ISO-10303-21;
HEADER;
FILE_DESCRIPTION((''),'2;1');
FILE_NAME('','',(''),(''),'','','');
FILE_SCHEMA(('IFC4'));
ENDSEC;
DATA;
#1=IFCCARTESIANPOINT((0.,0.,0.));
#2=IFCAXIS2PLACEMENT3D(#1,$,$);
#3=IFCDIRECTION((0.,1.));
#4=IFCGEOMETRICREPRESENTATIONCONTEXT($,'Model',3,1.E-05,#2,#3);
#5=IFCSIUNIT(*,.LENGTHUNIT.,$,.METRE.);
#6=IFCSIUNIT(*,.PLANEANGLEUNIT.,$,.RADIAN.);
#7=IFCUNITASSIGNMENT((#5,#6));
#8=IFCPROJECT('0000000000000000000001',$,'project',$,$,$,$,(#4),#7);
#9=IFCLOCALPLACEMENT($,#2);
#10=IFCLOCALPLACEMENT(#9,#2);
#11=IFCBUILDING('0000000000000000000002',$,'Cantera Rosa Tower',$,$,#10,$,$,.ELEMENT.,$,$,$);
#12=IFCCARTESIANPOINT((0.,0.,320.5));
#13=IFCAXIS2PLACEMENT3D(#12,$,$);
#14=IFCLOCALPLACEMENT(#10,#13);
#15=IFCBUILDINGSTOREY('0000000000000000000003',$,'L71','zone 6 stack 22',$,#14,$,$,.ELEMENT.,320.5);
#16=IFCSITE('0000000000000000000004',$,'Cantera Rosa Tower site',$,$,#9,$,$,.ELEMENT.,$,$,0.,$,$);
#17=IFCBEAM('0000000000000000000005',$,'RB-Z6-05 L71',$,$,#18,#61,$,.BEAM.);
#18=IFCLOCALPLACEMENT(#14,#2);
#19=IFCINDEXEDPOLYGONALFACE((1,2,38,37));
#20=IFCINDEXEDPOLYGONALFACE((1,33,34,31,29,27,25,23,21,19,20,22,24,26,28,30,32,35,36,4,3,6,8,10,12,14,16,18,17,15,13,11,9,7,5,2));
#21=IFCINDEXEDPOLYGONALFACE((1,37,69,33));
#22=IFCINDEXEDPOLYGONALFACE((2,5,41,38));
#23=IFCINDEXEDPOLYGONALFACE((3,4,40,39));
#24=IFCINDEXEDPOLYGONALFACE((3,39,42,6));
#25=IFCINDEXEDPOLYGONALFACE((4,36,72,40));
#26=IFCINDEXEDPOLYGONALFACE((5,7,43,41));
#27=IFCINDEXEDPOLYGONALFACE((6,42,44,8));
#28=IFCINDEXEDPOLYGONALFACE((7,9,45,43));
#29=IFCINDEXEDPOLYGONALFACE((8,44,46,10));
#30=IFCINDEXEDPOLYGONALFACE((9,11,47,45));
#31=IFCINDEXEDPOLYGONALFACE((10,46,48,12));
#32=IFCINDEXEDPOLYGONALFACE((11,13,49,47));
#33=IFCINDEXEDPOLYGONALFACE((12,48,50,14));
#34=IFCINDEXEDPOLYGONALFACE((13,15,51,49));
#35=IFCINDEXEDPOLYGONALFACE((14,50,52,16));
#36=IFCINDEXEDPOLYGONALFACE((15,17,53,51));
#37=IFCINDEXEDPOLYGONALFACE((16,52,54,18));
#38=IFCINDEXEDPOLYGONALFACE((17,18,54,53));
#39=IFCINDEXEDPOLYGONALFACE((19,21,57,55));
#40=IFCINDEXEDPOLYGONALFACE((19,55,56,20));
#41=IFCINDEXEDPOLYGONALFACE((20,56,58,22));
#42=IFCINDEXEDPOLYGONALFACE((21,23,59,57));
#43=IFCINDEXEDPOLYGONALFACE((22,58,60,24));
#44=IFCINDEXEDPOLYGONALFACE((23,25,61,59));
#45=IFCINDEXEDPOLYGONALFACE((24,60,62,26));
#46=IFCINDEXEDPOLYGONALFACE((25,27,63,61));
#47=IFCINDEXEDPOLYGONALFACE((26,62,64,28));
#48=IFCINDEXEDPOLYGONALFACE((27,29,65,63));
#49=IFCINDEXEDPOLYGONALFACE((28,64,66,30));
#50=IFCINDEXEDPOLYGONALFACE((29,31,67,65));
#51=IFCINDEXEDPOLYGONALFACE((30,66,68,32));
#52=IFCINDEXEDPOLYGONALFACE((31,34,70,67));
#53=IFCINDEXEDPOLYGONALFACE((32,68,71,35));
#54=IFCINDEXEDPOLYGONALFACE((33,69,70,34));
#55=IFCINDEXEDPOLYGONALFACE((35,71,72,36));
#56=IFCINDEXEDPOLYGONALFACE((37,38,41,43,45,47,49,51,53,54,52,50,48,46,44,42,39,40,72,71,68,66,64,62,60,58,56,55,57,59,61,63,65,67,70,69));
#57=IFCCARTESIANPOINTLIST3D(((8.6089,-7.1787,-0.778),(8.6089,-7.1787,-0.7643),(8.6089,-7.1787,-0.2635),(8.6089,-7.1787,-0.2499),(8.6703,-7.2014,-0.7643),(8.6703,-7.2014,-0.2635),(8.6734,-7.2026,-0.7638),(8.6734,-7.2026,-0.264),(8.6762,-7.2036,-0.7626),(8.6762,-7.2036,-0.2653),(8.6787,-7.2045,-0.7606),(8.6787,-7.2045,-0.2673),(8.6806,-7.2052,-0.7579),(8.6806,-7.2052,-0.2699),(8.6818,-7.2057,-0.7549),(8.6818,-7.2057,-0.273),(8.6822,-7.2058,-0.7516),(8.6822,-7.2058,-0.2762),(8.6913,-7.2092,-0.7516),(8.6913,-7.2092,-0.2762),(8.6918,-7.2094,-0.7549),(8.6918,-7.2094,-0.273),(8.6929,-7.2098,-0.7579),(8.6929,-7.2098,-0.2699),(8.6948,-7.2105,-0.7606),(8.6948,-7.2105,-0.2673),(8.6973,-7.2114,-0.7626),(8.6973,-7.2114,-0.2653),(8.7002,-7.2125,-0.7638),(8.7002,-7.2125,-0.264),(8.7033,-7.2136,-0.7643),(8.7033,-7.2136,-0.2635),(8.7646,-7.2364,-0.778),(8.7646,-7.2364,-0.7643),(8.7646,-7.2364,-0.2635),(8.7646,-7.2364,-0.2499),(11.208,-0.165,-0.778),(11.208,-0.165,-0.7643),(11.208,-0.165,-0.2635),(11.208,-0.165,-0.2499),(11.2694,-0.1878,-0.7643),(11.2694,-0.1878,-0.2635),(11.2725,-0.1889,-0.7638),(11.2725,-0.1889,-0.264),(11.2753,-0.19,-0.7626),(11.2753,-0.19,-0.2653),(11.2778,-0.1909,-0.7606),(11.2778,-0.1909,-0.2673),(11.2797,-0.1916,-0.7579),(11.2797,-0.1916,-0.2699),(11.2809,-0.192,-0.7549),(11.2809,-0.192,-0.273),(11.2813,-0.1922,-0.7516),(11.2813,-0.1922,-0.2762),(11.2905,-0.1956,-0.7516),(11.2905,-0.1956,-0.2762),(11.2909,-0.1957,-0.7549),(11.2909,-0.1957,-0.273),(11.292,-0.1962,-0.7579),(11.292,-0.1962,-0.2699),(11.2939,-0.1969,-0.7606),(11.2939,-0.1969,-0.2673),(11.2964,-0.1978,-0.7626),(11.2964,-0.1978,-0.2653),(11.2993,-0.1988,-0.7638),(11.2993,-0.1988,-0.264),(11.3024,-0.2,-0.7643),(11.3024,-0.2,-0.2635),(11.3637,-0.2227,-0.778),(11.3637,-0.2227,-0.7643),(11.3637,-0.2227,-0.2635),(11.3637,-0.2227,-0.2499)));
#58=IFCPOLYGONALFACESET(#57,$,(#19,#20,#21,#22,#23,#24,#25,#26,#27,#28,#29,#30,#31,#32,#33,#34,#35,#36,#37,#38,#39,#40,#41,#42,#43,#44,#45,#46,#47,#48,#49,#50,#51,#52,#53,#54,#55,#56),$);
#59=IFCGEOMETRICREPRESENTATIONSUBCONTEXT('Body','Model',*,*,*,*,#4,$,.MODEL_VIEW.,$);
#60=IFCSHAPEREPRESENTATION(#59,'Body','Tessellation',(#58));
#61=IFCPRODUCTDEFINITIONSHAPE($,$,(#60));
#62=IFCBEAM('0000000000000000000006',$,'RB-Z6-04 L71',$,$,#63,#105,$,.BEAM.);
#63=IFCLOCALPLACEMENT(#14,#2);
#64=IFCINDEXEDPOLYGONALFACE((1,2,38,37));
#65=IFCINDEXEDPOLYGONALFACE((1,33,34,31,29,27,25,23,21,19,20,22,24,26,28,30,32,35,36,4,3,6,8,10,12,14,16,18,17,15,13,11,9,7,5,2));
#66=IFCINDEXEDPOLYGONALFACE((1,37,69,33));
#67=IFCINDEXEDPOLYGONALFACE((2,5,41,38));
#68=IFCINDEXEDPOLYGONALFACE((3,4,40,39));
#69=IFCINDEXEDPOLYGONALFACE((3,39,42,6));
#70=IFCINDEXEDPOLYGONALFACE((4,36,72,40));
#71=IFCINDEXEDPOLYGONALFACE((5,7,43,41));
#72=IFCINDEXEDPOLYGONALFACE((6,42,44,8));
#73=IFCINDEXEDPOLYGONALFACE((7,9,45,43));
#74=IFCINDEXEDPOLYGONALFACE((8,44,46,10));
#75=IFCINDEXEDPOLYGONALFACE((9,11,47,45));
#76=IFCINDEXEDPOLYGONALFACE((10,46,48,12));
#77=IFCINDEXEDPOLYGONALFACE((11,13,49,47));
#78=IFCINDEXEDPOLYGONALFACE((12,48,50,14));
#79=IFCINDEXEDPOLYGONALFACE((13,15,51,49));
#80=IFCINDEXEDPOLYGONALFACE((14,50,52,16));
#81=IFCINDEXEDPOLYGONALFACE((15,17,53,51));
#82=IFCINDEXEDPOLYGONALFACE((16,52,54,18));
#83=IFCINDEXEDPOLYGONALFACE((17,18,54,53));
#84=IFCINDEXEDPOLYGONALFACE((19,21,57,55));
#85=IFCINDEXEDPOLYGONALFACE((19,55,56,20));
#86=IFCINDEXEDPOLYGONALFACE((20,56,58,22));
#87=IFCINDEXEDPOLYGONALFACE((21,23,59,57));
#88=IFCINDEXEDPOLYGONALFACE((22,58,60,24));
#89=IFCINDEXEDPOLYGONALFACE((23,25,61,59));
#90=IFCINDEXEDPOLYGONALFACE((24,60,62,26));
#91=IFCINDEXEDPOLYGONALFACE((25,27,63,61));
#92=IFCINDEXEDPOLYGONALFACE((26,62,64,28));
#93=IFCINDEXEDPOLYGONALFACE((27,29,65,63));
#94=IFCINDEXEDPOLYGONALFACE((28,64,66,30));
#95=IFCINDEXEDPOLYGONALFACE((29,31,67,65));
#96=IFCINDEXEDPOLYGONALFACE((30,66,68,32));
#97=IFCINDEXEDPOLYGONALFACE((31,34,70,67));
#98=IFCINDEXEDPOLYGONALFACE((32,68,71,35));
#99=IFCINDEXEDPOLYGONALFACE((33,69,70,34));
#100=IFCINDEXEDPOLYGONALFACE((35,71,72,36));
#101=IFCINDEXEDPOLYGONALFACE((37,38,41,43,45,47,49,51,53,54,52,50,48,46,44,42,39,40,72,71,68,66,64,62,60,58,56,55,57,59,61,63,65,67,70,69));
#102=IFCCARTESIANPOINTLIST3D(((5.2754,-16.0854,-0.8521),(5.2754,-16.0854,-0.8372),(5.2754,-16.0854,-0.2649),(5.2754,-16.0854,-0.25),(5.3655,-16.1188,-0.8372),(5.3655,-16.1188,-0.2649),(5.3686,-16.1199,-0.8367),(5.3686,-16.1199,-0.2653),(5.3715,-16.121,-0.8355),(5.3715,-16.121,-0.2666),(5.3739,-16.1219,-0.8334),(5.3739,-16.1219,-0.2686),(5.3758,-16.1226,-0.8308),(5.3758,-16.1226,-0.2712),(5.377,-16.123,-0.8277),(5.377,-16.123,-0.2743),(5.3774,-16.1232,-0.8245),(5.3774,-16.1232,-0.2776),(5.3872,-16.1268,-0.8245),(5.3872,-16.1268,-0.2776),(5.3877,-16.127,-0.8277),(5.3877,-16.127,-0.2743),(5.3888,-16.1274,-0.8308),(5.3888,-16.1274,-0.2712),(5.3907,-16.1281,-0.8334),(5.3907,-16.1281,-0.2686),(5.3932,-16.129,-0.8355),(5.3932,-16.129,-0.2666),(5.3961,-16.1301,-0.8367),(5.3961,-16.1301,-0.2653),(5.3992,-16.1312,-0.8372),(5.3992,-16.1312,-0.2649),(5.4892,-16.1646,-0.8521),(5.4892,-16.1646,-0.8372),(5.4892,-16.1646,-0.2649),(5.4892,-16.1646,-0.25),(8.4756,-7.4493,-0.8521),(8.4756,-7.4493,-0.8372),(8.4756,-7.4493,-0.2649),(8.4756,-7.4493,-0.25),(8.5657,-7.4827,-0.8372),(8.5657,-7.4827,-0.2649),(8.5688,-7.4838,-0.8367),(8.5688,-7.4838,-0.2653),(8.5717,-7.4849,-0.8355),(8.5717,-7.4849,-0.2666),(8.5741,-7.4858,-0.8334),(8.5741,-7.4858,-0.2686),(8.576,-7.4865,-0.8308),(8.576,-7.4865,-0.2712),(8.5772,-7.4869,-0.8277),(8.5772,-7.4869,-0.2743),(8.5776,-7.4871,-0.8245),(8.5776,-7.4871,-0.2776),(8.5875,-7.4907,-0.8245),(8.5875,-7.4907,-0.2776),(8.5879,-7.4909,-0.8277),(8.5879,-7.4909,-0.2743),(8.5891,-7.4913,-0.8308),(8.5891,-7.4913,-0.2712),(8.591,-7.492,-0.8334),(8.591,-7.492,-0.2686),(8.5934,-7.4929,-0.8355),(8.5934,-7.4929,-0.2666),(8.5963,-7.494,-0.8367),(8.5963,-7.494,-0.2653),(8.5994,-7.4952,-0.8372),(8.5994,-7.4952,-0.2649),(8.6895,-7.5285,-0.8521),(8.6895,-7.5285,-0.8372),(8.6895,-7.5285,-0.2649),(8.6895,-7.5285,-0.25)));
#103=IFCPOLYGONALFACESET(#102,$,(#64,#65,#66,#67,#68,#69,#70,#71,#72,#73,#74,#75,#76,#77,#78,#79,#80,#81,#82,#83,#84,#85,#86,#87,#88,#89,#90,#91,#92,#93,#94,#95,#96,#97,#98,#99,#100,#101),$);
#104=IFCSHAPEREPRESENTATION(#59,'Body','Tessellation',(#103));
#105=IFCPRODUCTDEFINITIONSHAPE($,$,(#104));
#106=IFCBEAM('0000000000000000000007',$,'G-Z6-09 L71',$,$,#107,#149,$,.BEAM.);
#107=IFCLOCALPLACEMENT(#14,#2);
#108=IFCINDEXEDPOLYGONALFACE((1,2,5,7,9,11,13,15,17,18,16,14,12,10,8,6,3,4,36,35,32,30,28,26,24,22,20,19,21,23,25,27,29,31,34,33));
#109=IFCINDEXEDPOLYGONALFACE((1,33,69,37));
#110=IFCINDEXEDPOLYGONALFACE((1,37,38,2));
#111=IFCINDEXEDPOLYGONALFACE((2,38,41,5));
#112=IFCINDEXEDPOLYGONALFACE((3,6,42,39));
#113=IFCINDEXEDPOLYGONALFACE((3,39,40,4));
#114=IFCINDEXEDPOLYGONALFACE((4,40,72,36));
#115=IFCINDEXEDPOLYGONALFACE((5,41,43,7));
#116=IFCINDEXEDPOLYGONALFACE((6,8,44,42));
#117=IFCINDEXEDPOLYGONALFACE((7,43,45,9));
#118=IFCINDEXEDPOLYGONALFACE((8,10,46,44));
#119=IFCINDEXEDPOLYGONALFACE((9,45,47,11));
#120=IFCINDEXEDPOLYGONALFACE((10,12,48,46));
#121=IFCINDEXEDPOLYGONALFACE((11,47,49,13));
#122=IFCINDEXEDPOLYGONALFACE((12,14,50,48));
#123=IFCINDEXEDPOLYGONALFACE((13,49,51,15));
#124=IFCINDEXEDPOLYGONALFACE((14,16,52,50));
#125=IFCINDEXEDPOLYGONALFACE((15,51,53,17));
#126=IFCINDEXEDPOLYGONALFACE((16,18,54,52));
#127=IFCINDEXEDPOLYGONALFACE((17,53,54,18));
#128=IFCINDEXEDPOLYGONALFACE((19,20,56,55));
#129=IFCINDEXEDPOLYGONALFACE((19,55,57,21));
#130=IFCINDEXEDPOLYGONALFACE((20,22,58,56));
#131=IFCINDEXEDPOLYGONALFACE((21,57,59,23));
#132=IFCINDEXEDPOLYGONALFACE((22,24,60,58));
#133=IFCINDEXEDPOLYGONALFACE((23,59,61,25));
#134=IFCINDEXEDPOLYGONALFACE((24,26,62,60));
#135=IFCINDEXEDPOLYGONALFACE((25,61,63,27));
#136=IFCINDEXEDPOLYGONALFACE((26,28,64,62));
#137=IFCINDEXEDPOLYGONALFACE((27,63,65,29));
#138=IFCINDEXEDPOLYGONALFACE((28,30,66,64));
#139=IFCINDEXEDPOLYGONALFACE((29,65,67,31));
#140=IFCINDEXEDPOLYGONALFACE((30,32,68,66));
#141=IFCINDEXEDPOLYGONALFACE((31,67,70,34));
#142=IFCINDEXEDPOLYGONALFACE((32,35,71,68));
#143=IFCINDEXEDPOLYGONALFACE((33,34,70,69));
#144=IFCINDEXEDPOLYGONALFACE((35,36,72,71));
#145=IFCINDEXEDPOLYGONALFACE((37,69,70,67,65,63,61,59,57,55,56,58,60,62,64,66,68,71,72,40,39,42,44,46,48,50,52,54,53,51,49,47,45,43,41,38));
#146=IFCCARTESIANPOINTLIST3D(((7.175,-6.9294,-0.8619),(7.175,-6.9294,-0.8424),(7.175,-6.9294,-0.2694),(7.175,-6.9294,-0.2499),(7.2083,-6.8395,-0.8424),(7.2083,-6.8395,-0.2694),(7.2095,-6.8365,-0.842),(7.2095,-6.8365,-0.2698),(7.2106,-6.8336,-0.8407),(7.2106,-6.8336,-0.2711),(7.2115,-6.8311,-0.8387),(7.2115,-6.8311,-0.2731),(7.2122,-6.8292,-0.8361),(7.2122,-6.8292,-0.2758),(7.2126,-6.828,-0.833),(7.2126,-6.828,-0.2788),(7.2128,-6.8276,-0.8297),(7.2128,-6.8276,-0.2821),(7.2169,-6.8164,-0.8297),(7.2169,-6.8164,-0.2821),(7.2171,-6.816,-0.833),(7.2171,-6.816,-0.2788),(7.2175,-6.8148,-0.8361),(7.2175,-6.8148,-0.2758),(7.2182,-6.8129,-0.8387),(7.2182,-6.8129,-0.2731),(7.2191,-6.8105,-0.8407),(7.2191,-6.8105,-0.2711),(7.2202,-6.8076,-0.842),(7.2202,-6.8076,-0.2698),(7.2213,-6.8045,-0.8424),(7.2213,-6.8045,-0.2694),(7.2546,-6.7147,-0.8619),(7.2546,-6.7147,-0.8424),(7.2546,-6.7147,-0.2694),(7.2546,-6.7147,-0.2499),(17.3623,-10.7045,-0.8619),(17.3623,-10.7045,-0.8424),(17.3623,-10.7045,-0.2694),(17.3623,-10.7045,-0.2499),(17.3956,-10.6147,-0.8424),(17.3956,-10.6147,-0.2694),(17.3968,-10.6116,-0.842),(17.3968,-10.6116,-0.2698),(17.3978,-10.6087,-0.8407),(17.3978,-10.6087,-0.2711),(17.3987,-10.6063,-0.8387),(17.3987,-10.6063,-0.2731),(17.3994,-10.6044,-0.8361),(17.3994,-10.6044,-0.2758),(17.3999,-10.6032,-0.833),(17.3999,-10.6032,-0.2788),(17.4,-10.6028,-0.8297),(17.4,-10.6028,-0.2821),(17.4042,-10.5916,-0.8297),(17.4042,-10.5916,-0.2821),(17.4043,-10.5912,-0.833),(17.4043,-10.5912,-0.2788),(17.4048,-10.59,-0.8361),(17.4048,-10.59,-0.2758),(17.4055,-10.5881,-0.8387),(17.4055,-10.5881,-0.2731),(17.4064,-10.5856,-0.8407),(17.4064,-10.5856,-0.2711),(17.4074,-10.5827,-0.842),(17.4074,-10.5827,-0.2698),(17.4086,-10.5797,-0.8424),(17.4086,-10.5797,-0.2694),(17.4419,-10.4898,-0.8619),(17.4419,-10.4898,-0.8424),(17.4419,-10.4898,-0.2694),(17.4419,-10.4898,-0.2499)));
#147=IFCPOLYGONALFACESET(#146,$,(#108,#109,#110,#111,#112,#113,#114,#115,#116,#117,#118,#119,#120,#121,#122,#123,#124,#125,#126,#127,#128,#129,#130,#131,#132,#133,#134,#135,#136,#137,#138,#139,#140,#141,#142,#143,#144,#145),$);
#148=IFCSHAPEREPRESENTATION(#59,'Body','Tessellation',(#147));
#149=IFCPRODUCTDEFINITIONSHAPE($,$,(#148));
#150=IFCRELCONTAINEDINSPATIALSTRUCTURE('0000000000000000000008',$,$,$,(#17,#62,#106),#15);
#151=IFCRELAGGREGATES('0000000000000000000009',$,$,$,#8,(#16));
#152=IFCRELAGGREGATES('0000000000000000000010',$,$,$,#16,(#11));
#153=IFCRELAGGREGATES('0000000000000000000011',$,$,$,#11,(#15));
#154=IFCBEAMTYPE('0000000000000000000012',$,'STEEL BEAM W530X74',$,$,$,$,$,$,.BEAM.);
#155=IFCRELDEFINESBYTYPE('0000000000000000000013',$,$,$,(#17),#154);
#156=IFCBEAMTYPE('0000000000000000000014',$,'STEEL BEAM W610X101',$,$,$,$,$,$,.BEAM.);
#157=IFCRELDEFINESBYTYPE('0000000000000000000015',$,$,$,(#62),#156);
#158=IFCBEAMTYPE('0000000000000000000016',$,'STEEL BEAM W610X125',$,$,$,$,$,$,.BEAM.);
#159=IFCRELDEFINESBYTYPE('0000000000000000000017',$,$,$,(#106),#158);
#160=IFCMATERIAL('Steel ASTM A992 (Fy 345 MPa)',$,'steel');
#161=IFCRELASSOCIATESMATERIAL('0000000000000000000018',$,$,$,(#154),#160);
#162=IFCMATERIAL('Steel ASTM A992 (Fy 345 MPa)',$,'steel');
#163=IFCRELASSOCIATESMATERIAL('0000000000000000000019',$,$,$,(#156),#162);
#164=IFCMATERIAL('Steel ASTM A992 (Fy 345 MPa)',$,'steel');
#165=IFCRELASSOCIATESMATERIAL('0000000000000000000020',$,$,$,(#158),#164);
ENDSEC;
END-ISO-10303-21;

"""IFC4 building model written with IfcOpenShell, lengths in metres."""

from ifc_helpers import new_model, si_unit, direction, frame, origin, origin_2d, place, context, subcontext, project, spatial, i_section, extrude, material, material_profile, profile_set, type_object, element, save


model = new_model("IFC4")

# Units and contexts
model_context = context("Model", 3, precision=1e-05, world=origin(), true_north=direction((0.0, 1.0)))
body_context = subcontext(model_context, "Body", "Model", "MODEL_VIEW")
ifc_project = project(units=[si_unit("LENGTHUNIT", "METRE"), si_unit("PLANEANGLEUNIT", "RADIAN")], contexts=[model_context])

# Site, building, storey
site_placement = place(None, origin())
site = spatial("IfcSite", under=ifc_project, at=site_placement, Name="Cantera Rosa Tower site", CompositionType="ELEMENT", RefElevation=0.0)
building_placement = place(site_placement, origin())
building = spatial("IfcBuilding", under=site, at=building_placement, Name="Cantera Rosa Tower", CompositionType="ELEMENT")
storey_placement = place(building_placement, frame((0.0, 0.0, 320.5)))
storey = spatial("IfcBuildingStorey", under=building, at=storey_placement, Name="L71", Description="zone 6 stack 22", CompositionType="ELEMENT", Elevation=320.5)

# Beams
ifc_material_1 = material(Name="Steel ASTM A992 (Fy 345 MPa)", Category="steel")
ifc_material_profile_1 = material_profile(ifc_material_1, i_section(OverallWidth=0.166, OverallDepth=0.5281, WebThickness=0.0098, FlangeThickness=0.0137, FilletRadius=0.0127, at=origin_2d()), Name="W530X74")
ifc_profile_set_1 = profile_set([ifc_material_profile_1], Name="Steel ASTM A992 (Fy 345 MPa)")
beam_type_1 = type_object("IfcBeamType", Name="STEEL BEAM W530X74", PredefinedType="BEAM", material=ifc_profile_set_1)
beam_1_placement = place(storey_placement, frame((8.6868, -7.2075, -0.5139), z_axis=(0.347487, 0.937685, 0.0), x_axis=(-0.937685, 0.347487, 0.0)))
element("IfcBeam", 1, at=beam_1_placement, inside=storey, type_object=beam_type_1, Name="RB-Z6-05 L71", PredefinedType="BEAM", context=body_context, shape_type="SweptSolid", body=[
    extrude(i_section(OverallWidth=0.166, OverallDepth=0.5281, WebThickness=0.0098, FlangeThickness=0.0137, FilletRadius=0.0127, at=origin_2d()), origin(), (0.0, 0.0, 1.0), 7.4797),
])
ifc_material_2 = material(Name="Steel ASTM A992 (Fy 345 MPa)", Category="steel")
ifc_material_profile_2 = material_profile(ifc_material_2, i_section(OverallWidth=0.228, OverallDepth=0.6021, WebThickness=0.0105, FlangeThickness=0.0149, FilletRadius=0.0127, at=origin_2d()), Name="W610X101")
ifc_profile_set_2 = profile_set([ifc_material_profile_2], Name="Steel ASTM A992 (Fy 345 MPa)")
beam_type_2 = type_object("IfcBeamType", Name="STEEL BEAM W610X101", PredefinedType="BEAM", material=ifc_profile_set_2)
beam_2_placement = place(storey_placement, frame((5.3823, -16.125, -0.551), z_axis=(0.347475, 0.937689, 0.0), x_axis=(-0.937689, 0.347475, 0.0)))
element("IfcBeam", 2, at=beam_2_placement, inside=storey, type_object=beam_type_2, Name="RB-Z6-04 L71", PredefinedType="BEAM", context=body_context, shape_type="SweptSolid", body=[
    extrude(i_section(OverallWidth=0.228, OverallDepth=0.6021, WebThickness=0.0105, FlangeThickness=0.0149, FilletRadius=0.0127, at=origin_2d()), origin(), (0.0, 0.0, 1.0), 9.21),
])
ifc_material_3 = material(Name="Steel ASTM A992 (Fy 345 MPa)", Category="steel")
ifc_material_profile_3 = material_profile(ifc_material_3, i_section(OverallWidth=0.229, OverallDepth=0.6121, WebThickness=0.012, FlangeThickness=0.0195, FilletRadius=0.0127, at=origin_2d()), Name="W610X125")
ifc_profile_set_3 = profile_set([ifc_material_profile_3], Name="Steel ASTM A992 (Fy 345 MPa)")
beam_type_3 = type_object("IfcBeamType", Name="STEEL BEAM W610X125", PredefinedType="BEAM", material=ifc_profile_set_3)
beam_3_placement = place(storey_placement, frame((17.4021, -10.5972, -0.5559), z_axis=(-0.937686, 0.347483, 0.0), x_axis=(-0.347483, -0.937686, 0.0)))
element("IfcBeam", 3, at=beam_3_placement, inside=storey, type_object=beam_type_3, Name="G-Z6-09 L71", PredefinedType="BEAM", context=body_context, shape_type="SweptSolid", body=[
    extrude(i_section(OverallWidth=0.229, OverallDepth=0.6121, WebThickness=0.012, FlangeThickness=0.0195, FilletRadius=0.0127, at=origin_2d()), origin(), (0.0, 0.0, 1.0), 10.8643),
])

save(model, "model.ifc")
